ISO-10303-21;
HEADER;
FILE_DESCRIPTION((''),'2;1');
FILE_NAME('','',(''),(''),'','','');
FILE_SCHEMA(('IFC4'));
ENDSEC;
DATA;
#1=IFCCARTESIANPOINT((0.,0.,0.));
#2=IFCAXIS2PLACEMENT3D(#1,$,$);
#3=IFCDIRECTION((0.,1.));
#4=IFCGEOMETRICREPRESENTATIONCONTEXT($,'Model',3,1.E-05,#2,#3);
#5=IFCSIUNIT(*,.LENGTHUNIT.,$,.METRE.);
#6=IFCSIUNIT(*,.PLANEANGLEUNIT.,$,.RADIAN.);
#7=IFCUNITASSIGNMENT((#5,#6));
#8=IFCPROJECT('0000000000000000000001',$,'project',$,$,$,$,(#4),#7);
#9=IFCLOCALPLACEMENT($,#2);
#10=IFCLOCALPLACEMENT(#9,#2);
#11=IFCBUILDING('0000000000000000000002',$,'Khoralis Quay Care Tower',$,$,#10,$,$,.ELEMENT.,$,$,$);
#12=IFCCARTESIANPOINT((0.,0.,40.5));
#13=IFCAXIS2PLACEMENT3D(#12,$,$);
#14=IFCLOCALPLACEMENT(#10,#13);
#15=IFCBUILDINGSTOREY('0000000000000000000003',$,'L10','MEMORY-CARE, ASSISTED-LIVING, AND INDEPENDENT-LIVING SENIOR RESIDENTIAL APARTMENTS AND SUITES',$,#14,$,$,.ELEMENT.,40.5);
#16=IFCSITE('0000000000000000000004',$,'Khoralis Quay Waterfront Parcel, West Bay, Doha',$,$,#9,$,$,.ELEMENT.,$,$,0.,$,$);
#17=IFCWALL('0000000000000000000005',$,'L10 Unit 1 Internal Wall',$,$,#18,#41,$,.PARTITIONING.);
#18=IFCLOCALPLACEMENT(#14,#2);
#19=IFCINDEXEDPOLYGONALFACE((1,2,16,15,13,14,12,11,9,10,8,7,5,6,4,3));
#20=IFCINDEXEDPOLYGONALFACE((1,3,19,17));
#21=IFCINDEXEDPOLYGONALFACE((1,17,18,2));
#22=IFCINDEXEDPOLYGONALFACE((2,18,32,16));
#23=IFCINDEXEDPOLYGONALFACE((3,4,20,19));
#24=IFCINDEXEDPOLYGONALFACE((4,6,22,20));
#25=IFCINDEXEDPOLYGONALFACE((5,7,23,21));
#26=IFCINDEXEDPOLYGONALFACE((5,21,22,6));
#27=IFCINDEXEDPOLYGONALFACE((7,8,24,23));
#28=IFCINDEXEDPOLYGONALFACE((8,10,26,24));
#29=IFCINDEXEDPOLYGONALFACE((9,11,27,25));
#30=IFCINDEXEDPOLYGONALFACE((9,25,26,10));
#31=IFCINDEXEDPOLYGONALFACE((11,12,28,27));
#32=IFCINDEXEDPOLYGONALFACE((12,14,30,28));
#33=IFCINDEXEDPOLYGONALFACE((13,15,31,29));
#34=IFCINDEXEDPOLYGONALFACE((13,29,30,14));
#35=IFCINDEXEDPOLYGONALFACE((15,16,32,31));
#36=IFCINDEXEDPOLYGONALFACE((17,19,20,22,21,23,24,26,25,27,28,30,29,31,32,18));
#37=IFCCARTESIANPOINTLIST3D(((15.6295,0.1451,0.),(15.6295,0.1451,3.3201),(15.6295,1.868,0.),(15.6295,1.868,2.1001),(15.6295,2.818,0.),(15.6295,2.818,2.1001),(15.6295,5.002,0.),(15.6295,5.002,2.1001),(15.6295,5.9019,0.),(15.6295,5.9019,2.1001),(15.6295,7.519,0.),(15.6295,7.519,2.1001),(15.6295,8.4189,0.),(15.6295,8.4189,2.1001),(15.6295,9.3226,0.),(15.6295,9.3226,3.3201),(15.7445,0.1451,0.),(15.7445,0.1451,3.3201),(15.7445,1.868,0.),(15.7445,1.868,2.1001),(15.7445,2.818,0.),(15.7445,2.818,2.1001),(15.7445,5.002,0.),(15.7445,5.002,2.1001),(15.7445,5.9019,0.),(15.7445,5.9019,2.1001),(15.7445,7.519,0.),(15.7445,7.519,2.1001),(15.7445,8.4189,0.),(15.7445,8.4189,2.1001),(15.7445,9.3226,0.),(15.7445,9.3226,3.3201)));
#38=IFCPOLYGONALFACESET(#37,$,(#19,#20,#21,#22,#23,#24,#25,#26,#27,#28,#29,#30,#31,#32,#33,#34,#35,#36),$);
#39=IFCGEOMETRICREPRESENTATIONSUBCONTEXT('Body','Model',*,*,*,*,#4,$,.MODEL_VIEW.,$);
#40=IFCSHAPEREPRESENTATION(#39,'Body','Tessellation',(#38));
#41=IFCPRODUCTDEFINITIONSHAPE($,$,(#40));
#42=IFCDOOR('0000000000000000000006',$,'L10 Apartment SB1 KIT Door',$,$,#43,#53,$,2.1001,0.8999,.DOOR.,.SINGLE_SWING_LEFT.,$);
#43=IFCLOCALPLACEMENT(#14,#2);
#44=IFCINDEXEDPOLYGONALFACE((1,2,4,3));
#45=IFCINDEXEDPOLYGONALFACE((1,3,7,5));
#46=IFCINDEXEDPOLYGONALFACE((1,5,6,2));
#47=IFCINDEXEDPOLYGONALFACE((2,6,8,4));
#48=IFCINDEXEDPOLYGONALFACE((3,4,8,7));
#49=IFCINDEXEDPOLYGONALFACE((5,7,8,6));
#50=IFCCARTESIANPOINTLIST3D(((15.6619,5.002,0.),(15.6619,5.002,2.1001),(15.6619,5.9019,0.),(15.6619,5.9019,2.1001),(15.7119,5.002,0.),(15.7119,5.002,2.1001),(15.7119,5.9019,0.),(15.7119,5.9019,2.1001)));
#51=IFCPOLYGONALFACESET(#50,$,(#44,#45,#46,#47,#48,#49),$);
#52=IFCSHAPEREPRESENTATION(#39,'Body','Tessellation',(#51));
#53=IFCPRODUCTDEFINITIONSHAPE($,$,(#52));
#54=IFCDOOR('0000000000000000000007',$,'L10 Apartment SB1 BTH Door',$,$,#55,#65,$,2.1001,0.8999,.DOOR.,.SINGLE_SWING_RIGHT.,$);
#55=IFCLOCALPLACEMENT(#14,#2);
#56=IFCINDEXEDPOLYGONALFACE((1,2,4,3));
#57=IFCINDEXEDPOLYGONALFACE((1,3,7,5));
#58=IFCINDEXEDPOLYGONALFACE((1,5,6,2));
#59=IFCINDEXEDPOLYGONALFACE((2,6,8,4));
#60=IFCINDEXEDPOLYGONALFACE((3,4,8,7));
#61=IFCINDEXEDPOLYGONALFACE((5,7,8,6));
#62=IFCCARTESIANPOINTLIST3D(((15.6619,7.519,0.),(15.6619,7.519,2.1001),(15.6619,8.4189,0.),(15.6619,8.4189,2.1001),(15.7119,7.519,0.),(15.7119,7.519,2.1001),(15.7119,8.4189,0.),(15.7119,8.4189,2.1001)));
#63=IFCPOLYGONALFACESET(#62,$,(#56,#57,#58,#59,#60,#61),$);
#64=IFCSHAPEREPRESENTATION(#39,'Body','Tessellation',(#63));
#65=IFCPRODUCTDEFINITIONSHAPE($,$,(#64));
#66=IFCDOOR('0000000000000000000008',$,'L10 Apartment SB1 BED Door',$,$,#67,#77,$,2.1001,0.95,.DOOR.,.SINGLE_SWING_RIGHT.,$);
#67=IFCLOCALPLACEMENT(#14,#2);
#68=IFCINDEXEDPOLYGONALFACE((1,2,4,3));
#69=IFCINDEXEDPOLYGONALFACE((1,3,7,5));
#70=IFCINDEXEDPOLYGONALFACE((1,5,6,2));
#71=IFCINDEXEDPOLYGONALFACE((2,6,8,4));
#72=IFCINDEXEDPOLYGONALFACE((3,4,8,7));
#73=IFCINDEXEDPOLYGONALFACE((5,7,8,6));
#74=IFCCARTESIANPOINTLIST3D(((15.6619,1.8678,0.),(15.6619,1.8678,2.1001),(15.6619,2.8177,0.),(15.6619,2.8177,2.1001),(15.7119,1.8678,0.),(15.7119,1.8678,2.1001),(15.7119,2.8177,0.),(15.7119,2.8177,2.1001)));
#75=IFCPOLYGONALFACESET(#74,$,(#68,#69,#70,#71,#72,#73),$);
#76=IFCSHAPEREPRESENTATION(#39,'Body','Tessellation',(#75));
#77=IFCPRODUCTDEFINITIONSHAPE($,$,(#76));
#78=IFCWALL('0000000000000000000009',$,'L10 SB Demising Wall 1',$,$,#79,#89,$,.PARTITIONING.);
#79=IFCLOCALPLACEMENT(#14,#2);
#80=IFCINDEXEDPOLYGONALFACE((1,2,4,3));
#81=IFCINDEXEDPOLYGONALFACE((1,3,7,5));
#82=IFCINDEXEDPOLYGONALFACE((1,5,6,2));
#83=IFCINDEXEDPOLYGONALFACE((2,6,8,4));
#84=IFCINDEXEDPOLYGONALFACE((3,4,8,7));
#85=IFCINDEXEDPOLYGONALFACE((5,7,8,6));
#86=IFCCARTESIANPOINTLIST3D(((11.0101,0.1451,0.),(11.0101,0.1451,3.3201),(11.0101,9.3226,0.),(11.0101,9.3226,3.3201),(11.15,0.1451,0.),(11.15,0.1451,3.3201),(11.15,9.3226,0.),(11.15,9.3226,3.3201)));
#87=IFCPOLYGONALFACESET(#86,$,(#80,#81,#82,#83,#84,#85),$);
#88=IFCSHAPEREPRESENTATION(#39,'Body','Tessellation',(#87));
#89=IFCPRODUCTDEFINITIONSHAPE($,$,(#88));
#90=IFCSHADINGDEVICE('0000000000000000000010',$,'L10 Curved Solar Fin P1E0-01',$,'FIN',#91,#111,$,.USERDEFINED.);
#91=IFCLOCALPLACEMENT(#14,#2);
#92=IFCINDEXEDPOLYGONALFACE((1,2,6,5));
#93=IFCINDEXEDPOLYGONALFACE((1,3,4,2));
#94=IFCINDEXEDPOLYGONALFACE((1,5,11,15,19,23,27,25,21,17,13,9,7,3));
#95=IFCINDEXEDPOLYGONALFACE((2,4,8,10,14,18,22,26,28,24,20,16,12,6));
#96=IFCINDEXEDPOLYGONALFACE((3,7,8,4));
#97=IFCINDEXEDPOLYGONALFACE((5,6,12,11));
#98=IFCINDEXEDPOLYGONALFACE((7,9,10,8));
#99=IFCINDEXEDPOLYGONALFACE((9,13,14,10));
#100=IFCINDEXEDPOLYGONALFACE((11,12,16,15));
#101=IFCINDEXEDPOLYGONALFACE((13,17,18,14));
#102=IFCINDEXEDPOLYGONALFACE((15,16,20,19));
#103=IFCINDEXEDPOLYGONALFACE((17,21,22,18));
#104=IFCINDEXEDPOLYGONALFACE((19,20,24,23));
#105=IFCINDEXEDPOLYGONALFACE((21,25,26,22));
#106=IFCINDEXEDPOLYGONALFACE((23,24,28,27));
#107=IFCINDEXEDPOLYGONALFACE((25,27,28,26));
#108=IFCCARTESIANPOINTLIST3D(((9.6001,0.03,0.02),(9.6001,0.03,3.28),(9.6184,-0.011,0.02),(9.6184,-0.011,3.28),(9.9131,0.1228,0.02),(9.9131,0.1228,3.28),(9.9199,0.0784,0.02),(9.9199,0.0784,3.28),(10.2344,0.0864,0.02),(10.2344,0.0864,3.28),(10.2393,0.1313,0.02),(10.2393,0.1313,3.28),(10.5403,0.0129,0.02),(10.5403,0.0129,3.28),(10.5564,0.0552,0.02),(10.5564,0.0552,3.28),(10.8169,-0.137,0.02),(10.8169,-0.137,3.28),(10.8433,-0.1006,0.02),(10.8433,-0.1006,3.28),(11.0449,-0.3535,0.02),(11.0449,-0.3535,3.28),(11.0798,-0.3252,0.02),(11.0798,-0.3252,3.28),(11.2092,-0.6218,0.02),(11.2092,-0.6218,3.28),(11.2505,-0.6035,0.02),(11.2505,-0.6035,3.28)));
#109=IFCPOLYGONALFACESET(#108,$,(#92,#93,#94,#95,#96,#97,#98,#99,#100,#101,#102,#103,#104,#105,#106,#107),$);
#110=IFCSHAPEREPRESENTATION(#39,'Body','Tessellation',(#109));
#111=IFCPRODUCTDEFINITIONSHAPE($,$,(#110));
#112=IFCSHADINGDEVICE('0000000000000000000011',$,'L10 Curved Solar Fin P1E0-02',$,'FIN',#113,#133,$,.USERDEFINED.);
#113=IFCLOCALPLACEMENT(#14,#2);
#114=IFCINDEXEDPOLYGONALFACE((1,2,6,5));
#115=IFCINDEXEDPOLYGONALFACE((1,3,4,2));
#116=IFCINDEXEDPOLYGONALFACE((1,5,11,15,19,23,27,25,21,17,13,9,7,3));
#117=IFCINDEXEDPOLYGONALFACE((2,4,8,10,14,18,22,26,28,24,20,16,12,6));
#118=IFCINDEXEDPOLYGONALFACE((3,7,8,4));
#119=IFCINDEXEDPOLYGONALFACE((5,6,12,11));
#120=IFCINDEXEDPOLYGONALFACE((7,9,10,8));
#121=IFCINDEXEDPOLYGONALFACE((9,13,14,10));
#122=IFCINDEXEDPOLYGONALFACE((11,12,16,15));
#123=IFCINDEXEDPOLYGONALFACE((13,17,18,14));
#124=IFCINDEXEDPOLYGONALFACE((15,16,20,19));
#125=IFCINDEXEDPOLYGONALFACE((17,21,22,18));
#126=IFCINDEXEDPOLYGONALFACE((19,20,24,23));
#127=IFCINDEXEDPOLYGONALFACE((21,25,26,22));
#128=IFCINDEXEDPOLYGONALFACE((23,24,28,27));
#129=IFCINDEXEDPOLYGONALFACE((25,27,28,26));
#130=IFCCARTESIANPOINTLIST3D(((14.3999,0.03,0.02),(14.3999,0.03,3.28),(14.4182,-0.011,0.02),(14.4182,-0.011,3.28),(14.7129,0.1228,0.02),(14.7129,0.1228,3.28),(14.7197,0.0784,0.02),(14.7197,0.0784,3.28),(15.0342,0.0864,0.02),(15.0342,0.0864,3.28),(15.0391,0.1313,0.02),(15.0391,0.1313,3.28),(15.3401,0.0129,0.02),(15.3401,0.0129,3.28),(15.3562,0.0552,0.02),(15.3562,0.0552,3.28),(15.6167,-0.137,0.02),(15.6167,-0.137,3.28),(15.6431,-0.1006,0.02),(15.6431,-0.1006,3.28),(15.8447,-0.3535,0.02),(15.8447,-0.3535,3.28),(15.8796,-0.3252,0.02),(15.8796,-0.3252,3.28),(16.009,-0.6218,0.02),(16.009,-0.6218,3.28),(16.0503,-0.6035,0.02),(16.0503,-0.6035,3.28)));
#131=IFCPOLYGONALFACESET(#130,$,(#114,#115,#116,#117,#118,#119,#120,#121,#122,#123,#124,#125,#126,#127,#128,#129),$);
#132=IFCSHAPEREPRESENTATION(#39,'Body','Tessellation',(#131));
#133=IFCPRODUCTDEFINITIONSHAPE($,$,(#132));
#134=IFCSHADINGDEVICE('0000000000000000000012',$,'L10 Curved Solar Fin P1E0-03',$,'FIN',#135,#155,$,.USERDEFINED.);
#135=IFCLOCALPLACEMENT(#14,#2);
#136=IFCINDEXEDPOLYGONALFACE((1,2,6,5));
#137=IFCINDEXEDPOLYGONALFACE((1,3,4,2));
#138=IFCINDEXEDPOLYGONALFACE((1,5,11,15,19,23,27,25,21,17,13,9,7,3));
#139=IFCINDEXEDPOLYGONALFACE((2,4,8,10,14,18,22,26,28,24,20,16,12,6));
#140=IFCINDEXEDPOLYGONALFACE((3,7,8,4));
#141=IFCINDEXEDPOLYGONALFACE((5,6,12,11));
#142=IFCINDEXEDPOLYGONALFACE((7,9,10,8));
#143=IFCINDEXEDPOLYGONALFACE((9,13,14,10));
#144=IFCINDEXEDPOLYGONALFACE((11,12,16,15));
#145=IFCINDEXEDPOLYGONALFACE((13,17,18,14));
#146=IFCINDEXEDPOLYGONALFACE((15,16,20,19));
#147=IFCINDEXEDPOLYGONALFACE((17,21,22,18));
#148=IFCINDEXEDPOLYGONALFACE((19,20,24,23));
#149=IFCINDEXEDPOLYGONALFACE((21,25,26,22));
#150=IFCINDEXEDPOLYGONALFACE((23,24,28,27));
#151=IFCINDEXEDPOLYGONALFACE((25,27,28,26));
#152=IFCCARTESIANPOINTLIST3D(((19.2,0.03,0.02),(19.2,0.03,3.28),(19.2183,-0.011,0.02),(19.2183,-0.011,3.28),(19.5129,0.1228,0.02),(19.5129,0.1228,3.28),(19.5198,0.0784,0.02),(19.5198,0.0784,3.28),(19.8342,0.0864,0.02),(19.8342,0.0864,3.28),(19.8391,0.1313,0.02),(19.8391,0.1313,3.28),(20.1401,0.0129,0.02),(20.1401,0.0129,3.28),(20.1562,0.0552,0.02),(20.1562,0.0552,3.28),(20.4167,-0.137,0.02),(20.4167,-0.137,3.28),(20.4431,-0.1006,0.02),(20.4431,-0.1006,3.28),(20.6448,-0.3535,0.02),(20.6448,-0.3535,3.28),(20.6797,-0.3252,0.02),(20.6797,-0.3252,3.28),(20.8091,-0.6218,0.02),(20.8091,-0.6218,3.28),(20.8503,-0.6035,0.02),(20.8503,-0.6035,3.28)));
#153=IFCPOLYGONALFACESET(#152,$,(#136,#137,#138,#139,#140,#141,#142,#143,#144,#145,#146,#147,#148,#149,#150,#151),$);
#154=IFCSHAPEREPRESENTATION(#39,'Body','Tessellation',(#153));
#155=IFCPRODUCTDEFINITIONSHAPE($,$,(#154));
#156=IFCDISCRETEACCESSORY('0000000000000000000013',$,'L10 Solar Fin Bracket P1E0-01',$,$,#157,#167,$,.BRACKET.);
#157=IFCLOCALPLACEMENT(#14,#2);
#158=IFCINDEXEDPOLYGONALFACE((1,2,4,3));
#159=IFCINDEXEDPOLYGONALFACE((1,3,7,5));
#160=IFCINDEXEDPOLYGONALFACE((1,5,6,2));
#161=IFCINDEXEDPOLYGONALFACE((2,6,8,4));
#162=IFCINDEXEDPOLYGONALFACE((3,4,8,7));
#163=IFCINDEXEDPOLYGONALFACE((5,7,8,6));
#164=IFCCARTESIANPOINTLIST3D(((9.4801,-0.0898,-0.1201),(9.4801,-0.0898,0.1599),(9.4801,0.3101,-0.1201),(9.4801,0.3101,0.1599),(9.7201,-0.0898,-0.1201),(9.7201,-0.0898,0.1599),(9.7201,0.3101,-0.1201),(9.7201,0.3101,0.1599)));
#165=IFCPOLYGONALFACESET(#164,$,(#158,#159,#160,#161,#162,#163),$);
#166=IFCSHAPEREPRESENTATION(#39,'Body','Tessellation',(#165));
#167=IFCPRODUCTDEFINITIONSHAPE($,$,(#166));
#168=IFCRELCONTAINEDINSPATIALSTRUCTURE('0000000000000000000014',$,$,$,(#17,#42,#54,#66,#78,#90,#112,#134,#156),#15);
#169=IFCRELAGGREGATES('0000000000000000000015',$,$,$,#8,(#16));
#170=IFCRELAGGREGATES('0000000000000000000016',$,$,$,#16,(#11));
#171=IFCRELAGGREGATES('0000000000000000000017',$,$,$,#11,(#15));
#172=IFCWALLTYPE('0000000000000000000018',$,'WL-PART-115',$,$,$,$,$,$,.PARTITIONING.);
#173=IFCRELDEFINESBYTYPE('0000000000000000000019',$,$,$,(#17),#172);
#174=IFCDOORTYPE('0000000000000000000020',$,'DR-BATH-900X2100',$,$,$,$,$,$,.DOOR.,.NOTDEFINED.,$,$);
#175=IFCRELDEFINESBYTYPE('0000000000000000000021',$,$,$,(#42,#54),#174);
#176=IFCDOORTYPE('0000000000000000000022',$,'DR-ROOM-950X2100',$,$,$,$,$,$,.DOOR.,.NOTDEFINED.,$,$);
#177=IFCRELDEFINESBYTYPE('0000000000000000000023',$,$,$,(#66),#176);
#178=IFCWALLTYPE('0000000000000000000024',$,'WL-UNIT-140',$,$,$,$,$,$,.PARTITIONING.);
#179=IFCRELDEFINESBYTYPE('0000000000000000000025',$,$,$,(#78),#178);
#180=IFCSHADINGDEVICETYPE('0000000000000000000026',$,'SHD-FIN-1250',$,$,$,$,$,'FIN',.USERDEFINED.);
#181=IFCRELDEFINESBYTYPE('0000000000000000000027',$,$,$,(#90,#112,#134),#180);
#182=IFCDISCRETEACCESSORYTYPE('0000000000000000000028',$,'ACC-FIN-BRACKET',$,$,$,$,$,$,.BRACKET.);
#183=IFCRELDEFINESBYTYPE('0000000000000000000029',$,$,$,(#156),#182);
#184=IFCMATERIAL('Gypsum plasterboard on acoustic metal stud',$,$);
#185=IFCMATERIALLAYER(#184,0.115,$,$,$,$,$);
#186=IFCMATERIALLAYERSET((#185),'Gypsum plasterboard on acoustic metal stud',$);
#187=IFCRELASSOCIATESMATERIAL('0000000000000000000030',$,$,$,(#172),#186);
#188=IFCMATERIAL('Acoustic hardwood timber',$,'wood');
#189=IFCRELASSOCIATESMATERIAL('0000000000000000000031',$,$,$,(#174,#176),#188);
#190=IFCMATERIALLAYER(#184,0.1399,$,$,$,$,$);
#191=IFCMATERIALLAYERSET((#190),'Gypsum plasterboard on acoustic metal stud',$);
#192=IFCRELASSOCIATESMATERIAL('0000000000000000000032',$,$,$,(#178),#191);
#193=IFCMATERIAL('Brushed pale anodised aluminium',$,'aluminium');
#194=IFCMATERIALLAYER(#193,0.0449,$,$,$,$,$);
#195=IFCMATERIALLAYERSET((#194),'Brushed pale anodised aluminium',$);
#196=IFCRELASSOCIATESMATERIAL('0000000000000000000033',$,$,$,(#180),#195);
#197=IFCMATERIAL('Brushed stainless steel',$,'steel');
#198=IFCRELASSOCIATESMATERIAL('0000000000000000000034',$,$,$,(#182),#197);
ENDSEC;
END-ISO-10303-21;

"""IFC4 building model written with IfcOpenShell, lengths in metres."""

from ifc_helpers import new_model, si_unit, direction, frame, frame_2d, origin, origin_2d, place, context, subcontext, project, spatial, polyline, rectangle, outline, extrude, source, transform, mapped, material, layer, layer_set, type_object, element, fill, save


model = new_model("IFC4")

# Units and contexts
model_context = context("Model", 3, precision=1e-05, world=origin(), true_north=direction((0.0, 1.0)))
body_context = subcontext(model_context, "Body", "Model", "MODEL_VIEW")
ifc_project = project(units=[si_unit("LENGTHUNIT", "METRE"), si_unit("PLANEANGLEUNIT", "RADIAN")], contexts=[model_context])

# Site, building, storey
site_placement = place(None, origin())
site = spatial("IfcSite", under=ifc_project, at=site_placement, Name="Khoralis Quay Waterfront Parcel, West Bay, Doha", CompositionType="ELEMENT", RefElevation=0.0)
building_placement = place(site_placement, origin())
building = spatial("IfcBuilding", under=site, at=building_placement, Name="Khoralis Quay Care Tower", CompositionType="ELEMENT")
storey_placement = place(building_placement, frame((0.0, 0.0, 40.5)))
storey = spatial("IfcBuildingStorey", under=building, at=storey_placement, Name="L10", Description="MEMORY-CARE, ASSISTED-LIVING, AND INDEPENDENT-LIVING SENIOR RESIDENTIAL APARTMENTS AND SUITES", CompositionType="ELEMENT", Elevation=40.5)

# Wall, openings, doors
ifc_material_1 = material(Name="Gypsum plasterboard on acoustic metal stud")
ifc_layer_1 = layer(ifc_material_1, 0.115)
ifc_layer_set_1 = layer_set([ifc_layer_1], Name="Gypsum plasterboard on acoustic metal stud")
wall_type_1 = type_object("IfcWallType", Name="WL-PART-115", PredefinedType="PARTITIONING", material=ifc_layer_set_1)
ifc_material_2 = material(Name="Acoustic hardwood timber", Category="wood")
door_type_1 = type_object("IfcDoorType", Name="DR-BATH-900X2100", OperationType="NOTDEFINED", PredefinedType="DOOR", material=ifc_material_2)
shared_shape_1 = source(origin(), body_context, "Body", "SweptSolid", [
    extrude(rectangle(XDim=0.8999, YDim=2.1001, at=frame_2d((0.45, 1.05))), frame((0.0, 0.0249, 0.0), z_axis=(0.0, -1.0, 0.0), x_axis=(1.0, 0.0, 0.0)), (0.0, 0.0, 1.0), 0.05),
])
door_type_2 = type_object("IfcDoorType", Name="DR-ROOM-950X2100", OperationType="NOTDEFINED", PredefinedType="DOOR", material=ifc_material_2)
shared_shape_2 = source(origin(), body_context, "Body", "SweptSolid", [
    extrude(rectangle(XDim=0.95, YDim=2.1001, at=frame_2d((0.4751, 1.05))), frame((0.0, 0.0249, 0.0), z_axis=(0.0, -1.0, 0.0), x_axis=(1.0, 0.0, 0.0)), (0.0, 0.0, 1.0), 0.05),
])
wall_1_placement = place(storey_placement, frame((15.687, 0.145, 0.0), z_axis=(0.0, 0.0, 1.0), x_axis=(0.0, 1.0, 0.0)))
wall_1 = element("IfcWall", 1, at=wall_1_placement, inside=storey, type_object=wall_type_1, Name="L10 Unit 1 Internal Wall", PredefinedType="PARTITIONING", context=body_context, shape_type="SweptSolid", body=[
    extrude(rectangle(XDim=9.1775, YDim=0.115, at=frame_2d((4.5889, 0.0))), origin(), (0.0, 0.0, 1.0), 3.3201),
])
opening_1_placement = place(wall_1_placement, frame((1.7229, 0.0, 0.0)))
opening_1 = element("IfcOpeningElement", 2, at=opening_1_placement, cuts=wall_1, PredefinedType="OPENING", context=body_context, shape_type="SweptSolid", body=[
    extrude(rectangle(XDim=0.95, YDim=2.1001, at=frame_2d((0.4751, 1.05))), frame((0.0, 0.0674, 0.0), z_axis=(0.0, -1.0, 0.0), x_axis=(1.0, 0.0, 0.0)), (0.0, 0.0, 1.0), 0.135),
])
opening_2_placement = place(wall_1_placement, frame((4.8569, 0.0, 0.0)))
opening_2 = element("IfcOpeningElement", 3, at=opening_2_placement, cuts=wall_1, PredefinedType="OPENING", context=body_context, shape_type="SweptSolid", body=[
    extrude(rectangle(XDim=0.8999, YDim=2.1001, at=frame_2d((0.45, 1.05))), frame((0.0, 0.0674, 0.0), z_axis=(0.0, -1.0, 0.0), x_axis=(1.0, 0.0, 0.0)), (0.0, 0.0, 1.0), 0.135),
])
opening_3_placement = place(wall_1_placement, frame((7.374, 0.0, 0.0)))
opening_3 = element("IfcOpeningElement", 4, at=opening_3_placement, cuts=wall_1, PredefinedType="OPENING", context=body_context, shape_type="SweptSolid", body=[
    extrude(rectangle(XDim=0.8999, YDim=2.1001, at=frame_2d((0.45, 1.05))), frame((0.0, 0.0674, 0.0), z_axis=(0.0, -1.0, 0.0), x_axis=(1.0, 0.0, 0.0)), (0.0, 0.0, 1.0), 0.135),
])
door_1_placement = place(opening_2_placement, frame((0.8999, 0.0, 0.0), z_axis=(0.0, 0.0, 1.0), x_axis=(-1.0, 0.0, 0.0)))
door_1 = element("IfcDoor", 5, at=door_1_placement, inside=storey, type_object=door_type_1, Name="L10 Apartment SB1 KIT Door", OperationType="SINGLE_SWING_LEFT", OverallHeight=2.1001, OverallWidth=0.8999, PredefinedType="DOOR", context=body_context, shape_type="MappedRepresentation", body=[
    mapped(shared_shape_1, transform((0.0, 0.0, 0.0), scale=1.0)),
])
fill(opening_2, door_1)
door_2_placement = place(opening_3_placement, frame((0.8999, 0.0, 0.0), z_axis=(0.0, 0.0, 1.0), x_axis=(-1.0, 0.0, 0.0)))
door_2 = element("IfcDoor", 6, at=door_2_placement, inside=storey, type_object=door_type_1, Name="L10 Apartment SB1 BTH Door", OperationType="SINGLE_SWING_RIGHT", OverallHeight=2.1001, OverallWidth=0.8999, PredefinedType="DOOR", context=body_context, shape_type="MappedRepresentation", body=[
    mapped(shared_shape_1, transform((0.0, 0.0, 0.0), scale=1.0)),
])
fill(opening_3, door_2)
door_3_placement = place(opening_1_placement, frame((0.95, 0.0, 0.0), z_axis=(0.0, 0.0, 1.0), x_axis=(-1.0, 0.0, 0.0)))
door_3 = element("IfcDoor", 7, at=door_3_placement, inside=storey, type_object=door_type_2, Name="L10 Apartment SB1 BED Door", OperationType="SINGLE_SWING_RIGHT", OverallHeight=2.1001, OverallWidth=0.95, PredefinedType="DOOR", context=body_context, shape_type="MappedRepresentation", body=[
    mapped(shared_shape_2, transform((0.0, 0.0, 0.0), scale=1.0)),
])
fill(opening_1, door_3)

# Wall
ifc_layer_2 = layer(ifc_material_1, 0.1399)
ifc_layer_set_2 = layer_set([ifc_layer_2], Name="Gypsum plasterboard on acoustic metal stud")
wall_type_2 = type_object("IfcWallType", Name="WL-UNIT-140", PredefinedType="PARTITIONING", material=ifc_layer_set_2)
wall_2_placement = place(storey_placement, frame((11.0801, 0.145, 0.0), z_axis=(0.0, 0.0, 1.0), x_axis=(0.0, 1.0, 0.0)))
element("IfcWall", 8, at=wall_2_placement, inside=storey, type_object=wall_type_2, Name="L10 SB Demising Wall 1", PredefinedType="PARTITIONING", context=body_context, shape_type="SweptSolid", body=[
    extrude(rectangle(XDim=9.1775, YDim=0.1399, at=frame_2d((4.5889, 0.0))), origin(), (0.0, 0.0, 1.0), 3.3201),
])

# Shading devices
ifc_material_3 = material(Name="Brushed pale anodised aluminium", Category="aluminium")
ifc_layer_3 = layer(ifc_material_3, 0.0449)
ifc_layer_set_3 = layer_set([ifc_layer_3], Name="Brushed pale anodised aluminium")
shading_device_type = type_object("IfcShadingDeviceType", Name="SHD-FIN-1250", ElementType="FIN", PredefinedType="USERDEFINED", material=ifc_layer_set_3)
shared_shape_3 = source(origin(), body_context, "Body", "SweptSolid", [
    extrude(outline(polyline([(0.0, 0.0), (-0.0928, 0.313), (-0.1013, 0.6392), (-0.0251, 0.9563), (0.1306, 1.2432), (0.3552, 1.4797), (0.6335, 1.6504), (0.6519, 1.6091), (0.3835, 1.4448), (0.167, 1.2168), (0.0171, 0.9402), (-0.0564, 0.6343), (-0.0483, 0.3198), (0.041, 0.0183), (0.0, 0.0)])), origin(), (0.0, 0.0, 1.0), 3.26),
])
for number, where, z_axis, x_axis, name in (
    (9, (9.6001, 0.03, 0.02), (0.0, 0.0, 1.0), (0.0, -1.0, 0.0), "L10 Curved Solar Fin P1E0-01"),
    (10, (14.3999, 0.03, 0.02), (0.0, 0.0, 1.0), (0.0, -1.0, 0.0), "L10 Curved Solar Fin P1E0-02"),
    (11, (19.2, 0.03, 0.02), (0.0, 0.0, 1.0), (0.0, -1.0, 0.0), "L10 Curved Solar Fin P1E0-03"),
):
    element("IfcShadingDevice", number, at=place(storey_placement, frame(where, z_axis=z_axis, x_axis=x_axis)), inside=storey, type_object=shading_device_type, Name=name, ObjectType="FIN", PredefinedType="USERDEFINED", context=body_context, shape_type="MappedRepresentation", body=[
        mapped(shared_shape_3, transform((0.0, 0.0, 0.0), scale=1.0)),
    ])

# Discrete accessory
ifc_material_4 = material(Name="Brushed stainless steel", Category="steel")
discrete_accessory_type = type_object("IfcDiscreteAccessoryType", Name="ACC-FIN-BRACKET", PredefinedType="BRACKET", material=ifc_material_4)
shared_shape_4 = source(origin(), body_context, "Body", "SweptSolid", [
    extrude(rectangle(XDim=0.3999, YDim=0.24, at=origin_2d()), origin(), (0.0, 0.0, 1.0), 0.28),
])
for number, where, z_axis, x_axis, name in (
    (12, (9.6001, 0.1101, -0.1201), (0.0, 0.0, 1.0), (0.0, -1.0, 0.0), "L10 Solar Fin Bracket P1E0-01"),
):
    element("IfcDiscreteAccessory", number, at=place(storey_placement, frame(where, z_axis=z_axis, x_axis=x_axis)), inside=storey, type_object=discrete_accessory_type, Name=name, PredefinedType="BRACKET", context=body_context, shape_type="MappedRepresentation", body=[
        mapped(shared_shape_4, transform((0.0, 0.0, 0.0), scale=1.0)),
    ])

save(model, "model.ifc")
